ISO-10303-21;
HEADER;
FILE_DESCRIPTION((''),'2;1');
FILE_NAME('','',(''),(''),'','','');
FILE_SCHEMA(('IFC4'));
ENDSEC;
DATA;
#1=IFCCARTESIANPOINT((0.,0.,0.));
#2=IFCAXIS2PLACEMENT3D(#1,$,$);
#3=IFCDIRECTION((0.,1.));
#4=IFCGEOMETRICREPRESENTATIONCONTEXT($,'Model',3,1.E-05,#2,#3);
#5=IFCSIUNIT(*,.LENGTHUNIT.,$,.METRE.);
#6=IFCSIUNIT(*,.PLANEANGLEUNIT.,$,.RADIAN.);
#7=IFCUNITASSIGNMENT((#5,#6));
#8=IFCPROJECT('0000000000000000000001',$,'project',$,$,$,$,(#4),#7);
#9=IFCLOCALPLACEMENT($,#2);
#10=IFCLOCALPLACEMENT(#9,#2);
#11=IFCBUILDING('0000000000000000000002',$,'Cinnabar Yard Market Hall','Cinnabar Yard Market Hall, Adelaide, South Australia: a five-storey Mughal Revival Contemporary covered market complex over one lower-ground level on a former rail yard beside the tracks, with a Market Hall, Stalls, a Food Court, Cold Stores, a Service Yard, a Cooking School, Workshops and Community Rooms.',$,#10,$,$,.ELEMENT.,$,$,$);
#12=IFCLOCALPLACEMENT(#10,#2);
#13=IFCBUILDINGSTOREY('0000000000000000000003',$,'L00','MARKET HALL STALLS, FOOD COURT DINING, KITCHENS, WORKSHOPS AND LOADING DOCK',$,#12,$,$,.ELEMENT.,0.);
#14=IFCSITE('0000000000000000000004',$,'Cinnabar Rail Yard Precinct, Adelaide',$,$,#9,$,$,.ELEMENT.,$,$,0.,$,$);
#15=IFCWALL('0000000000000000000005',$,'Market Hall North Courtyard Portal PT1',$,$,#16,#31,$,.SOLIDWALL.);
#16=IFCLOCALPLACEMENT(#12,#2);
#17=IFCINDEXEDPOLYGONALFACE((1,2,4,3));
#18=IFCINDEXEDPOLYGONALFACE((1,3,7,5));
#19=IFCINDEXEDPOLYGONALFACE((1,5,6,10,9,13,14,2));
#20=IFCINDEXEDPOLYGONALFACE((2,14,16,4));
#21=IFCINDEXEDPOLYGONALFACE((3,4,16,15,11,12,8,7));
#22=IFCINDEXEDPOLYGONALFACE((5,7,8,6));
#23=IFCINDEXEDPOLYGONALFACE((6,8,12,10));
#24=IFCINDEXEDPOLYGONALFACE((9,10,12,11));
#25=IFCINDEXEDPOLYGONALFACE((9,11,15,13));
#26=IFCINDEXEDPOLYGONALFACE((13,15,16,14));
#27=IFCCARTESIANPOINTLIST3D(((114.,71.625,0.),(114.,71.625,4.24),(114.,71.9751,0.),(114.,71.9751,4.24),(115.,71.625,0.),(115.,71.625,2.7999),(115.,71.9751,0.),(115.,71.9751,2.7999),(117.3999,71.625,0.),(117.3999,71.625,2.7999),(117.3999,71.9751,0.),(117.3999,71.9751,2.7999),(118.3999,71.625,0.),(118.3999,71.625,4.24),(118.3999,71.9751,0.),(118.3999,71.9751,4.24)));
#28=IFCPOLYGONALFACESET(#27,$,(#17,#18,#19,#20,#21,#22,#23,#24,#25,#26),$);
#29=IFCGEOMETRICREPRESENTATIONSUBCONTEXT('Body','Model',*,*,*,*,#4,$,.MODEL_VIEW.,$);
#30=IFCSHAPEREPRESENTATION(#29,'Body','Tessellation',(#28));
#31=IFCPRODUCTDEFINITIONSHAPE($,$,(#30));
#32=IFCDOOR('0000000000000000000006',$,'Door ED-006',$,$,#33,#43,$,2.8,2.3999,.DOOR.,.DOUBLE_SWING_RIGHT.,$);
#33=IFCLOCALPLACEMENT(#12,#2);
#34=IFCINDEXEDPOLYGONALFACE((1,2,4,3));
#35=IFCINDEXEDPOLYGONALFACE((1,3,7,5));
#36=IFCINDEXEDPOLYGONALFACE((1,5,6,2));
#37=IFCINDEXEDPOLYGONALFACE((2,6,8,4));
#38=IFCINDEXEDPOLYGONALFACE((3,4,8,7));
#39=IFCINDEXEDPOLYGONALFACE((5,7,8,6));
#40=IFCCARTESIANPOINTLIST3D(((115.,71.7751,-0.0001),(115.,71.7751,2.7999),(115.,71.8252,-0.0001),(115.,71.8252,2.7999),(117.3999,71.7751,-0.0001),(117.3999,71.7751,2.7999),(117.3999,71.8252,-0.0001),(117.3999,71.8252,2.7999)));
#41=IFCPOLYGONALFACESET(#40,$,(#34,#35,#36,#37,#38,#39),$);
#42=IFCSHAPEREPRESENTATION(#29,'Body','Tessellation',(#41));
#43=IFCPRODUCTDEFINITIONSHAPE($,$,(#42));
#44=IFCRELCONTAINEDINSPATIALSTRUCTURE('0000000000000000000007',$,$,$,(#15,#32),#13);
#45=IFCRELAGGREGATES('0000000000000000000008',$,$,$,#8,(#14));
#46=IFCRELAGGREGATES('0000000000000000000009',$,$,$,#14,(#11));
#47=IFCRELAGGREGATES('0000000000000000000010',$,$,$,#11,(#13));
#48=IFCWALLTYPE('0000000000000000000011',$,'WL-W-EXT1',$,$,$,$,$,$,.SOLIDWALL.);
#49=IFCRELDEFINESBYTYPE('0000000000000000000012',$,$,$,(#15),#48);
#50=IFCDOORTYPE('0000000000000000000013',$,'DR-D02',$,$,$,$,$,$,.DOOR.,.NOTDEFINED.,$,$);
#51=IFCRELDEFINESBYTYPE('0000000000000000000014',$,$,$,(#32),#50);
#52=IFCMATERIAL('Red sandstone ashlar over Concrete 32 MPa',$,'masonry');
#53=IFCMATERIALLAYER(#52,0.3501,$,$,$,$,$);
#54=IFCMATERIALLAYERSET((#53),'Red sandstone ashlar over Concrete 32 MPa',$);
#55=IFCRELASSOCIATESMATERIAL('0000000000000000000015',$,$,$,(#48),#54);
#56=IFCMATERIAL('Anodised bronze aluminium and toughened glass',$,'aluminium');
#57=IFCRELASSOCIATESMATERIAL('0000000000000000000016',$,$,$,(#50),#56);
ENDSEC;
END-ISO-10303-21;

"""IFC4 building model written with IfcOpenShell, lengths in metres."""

from ifc_helpers import new_model, si_unit, direction, frame, frame_2d, origin, place, context, subcontext, project, spatial, rectangle, extrude, material, layer, layer_set, type_object, element, fill, save


model = new_model("IFC4")

# Units and contexts
model_context = context("Model", 3, precision=1e-05, world=origin(), true_north=direction((0.0, 1.0)))
body_context = subcontext(model_context, "Body", "Model", "MODEL_VIEW")
ifc_project = project(units=[si_unit("LENGTHUNIT", "METRE"), si_unit("PLANEANGLEUNIT", "RADIAN")], contexts=[model_context])

# Site, building, storey
site_placement = place(None, origin())
site = spatial("IfcSite", under=ifc_project, at=site_placement, Name="Cinnabar Rail Yard Precinct, Adelaide", CompositionType="ELEMENT", RefElevation=0.0)
building_placement = place(site_placement, origin())
building = spatial("IfcBuilding", under=site, at=building_placement, Name="Cinnabar Yard Market Hall", Description="Cinnabar Yard Market Hall, Adelaide, South Australia: a five-storey Mughal Revival Contemporary covered market complex over one lower-ground level on a former rail yard beside the tracks, with a Market Hall, Stalls, a Food Court, Cold Stores, a Service Yard, a Cooking School, Workshops and Community Rooms.", CompositionType="ELEMENT")
storey_placement = place(building_placement, origin())
storey = spatial("IfcBuildingStorey", under=building, at=storey_placement, Name="L00", Description="MARKET HALL STALLS, FOOD COURT DINING, KITCHENS, WORKSHOPS AND LOADING DOCK", CompositionType="ELEMENT", Elevation=0.0)

# Wall, opening, door
ifc_material_1 = material(Name="Red sandstone ashlar over Concrete 32 MPa", Category="masonry")
ifc_layer_1 = layer(ifc_material_1, 0.3501)
ifc_layer_set_1 = layer_set([ifc_layer_1], Name="Red sandstone ashlar over Concrete 32 MPa")
wall_type_1 = type_object("IfcWallType", Name="WL-W-EXT1", PredefinedType="SOLIDWALL", material=ifc_layer_set_1)
wall_1_placement = place(storey_placement, frame((118.3999, 71.8, 0.0), z_axis=(0.0, 0.0, 1.0), x_axis=(-1.0, 0.0, 0.0)))
wall_1 = element("IfcWall", 1, at=wall_1_placement, inside=storey, type_object=wall_type_1, Name="Market Hall North Courtyard Portal PT1", PredefinedType="SOLIDWALL", context=body_context, shape_type="SweptSolid", body=[
    extrude(rectangle(XDim=4.3999, YDim=0.3501, at=frame_2d((2.2, 0.0), x_axis=(1.0, 0.0))), origin(), (0.0, 0.0, 1.0), 4.24),
])
opening_1_placement = place(wall_1_placement, frame((1.0, 0.0, 0.0)))
opening_1 = element("IfcOpeningElement", 2, at=opening_1_placement, cuts=wall_1, PredefinedType="OPENING", context=body_context, shape_type="SweptSolid", body=[
    extrude(rectangle(XDim=2.3999, YDim=2.8, at=frame_2d((1.2, 1.3999), x_axis=(1.0, 0.0))), frame((0.0, 0.1851, 0.0), z_axis=(0.0, -1.0, 0.0), x_axis=(1.0, 0.0, 0.0)), (0.0, 0.0, 1.0), 0.3701),
])
ifc_material_2 = material(Name="Anodised bronze aluminium and toughened glass", Category="aluminium")
door_type_1 = type_object("IfcDoorType", Name="DR-D02", OperationType="NOTDEFINED", PredefinedType="DOOR", material=ifc_material_2)
door_1_placement = place(opening_1_placement, origin())
door_1 = element("IfcDoor", 3, at=door_1_placement, inside=storey, type_object=door_type_1, Name="Door ED-006", OperationType="DOUBLE_SWING_RIGHT", OverallHeight=2.8, OverallWidth=2.3999, PredefinedType="DOOR", context=body_context, shape_type="SweptSolid", body=[
    extrude(rectangle(XDim=2.3999, YDim=2.8, at=frame_2d((1.2, 1.3999), x_axis=(1.0, 0.0))), frame((0.0, 0.0249, 0.0), z_axis=(0.0, -1.0, 0.0), x_axis=(1.0, 0.0, 0.0)), (0.0, 0.0, 1.0), 0.05),
])
fill(opening_1, door_1)

save(model, "model.ifc")
